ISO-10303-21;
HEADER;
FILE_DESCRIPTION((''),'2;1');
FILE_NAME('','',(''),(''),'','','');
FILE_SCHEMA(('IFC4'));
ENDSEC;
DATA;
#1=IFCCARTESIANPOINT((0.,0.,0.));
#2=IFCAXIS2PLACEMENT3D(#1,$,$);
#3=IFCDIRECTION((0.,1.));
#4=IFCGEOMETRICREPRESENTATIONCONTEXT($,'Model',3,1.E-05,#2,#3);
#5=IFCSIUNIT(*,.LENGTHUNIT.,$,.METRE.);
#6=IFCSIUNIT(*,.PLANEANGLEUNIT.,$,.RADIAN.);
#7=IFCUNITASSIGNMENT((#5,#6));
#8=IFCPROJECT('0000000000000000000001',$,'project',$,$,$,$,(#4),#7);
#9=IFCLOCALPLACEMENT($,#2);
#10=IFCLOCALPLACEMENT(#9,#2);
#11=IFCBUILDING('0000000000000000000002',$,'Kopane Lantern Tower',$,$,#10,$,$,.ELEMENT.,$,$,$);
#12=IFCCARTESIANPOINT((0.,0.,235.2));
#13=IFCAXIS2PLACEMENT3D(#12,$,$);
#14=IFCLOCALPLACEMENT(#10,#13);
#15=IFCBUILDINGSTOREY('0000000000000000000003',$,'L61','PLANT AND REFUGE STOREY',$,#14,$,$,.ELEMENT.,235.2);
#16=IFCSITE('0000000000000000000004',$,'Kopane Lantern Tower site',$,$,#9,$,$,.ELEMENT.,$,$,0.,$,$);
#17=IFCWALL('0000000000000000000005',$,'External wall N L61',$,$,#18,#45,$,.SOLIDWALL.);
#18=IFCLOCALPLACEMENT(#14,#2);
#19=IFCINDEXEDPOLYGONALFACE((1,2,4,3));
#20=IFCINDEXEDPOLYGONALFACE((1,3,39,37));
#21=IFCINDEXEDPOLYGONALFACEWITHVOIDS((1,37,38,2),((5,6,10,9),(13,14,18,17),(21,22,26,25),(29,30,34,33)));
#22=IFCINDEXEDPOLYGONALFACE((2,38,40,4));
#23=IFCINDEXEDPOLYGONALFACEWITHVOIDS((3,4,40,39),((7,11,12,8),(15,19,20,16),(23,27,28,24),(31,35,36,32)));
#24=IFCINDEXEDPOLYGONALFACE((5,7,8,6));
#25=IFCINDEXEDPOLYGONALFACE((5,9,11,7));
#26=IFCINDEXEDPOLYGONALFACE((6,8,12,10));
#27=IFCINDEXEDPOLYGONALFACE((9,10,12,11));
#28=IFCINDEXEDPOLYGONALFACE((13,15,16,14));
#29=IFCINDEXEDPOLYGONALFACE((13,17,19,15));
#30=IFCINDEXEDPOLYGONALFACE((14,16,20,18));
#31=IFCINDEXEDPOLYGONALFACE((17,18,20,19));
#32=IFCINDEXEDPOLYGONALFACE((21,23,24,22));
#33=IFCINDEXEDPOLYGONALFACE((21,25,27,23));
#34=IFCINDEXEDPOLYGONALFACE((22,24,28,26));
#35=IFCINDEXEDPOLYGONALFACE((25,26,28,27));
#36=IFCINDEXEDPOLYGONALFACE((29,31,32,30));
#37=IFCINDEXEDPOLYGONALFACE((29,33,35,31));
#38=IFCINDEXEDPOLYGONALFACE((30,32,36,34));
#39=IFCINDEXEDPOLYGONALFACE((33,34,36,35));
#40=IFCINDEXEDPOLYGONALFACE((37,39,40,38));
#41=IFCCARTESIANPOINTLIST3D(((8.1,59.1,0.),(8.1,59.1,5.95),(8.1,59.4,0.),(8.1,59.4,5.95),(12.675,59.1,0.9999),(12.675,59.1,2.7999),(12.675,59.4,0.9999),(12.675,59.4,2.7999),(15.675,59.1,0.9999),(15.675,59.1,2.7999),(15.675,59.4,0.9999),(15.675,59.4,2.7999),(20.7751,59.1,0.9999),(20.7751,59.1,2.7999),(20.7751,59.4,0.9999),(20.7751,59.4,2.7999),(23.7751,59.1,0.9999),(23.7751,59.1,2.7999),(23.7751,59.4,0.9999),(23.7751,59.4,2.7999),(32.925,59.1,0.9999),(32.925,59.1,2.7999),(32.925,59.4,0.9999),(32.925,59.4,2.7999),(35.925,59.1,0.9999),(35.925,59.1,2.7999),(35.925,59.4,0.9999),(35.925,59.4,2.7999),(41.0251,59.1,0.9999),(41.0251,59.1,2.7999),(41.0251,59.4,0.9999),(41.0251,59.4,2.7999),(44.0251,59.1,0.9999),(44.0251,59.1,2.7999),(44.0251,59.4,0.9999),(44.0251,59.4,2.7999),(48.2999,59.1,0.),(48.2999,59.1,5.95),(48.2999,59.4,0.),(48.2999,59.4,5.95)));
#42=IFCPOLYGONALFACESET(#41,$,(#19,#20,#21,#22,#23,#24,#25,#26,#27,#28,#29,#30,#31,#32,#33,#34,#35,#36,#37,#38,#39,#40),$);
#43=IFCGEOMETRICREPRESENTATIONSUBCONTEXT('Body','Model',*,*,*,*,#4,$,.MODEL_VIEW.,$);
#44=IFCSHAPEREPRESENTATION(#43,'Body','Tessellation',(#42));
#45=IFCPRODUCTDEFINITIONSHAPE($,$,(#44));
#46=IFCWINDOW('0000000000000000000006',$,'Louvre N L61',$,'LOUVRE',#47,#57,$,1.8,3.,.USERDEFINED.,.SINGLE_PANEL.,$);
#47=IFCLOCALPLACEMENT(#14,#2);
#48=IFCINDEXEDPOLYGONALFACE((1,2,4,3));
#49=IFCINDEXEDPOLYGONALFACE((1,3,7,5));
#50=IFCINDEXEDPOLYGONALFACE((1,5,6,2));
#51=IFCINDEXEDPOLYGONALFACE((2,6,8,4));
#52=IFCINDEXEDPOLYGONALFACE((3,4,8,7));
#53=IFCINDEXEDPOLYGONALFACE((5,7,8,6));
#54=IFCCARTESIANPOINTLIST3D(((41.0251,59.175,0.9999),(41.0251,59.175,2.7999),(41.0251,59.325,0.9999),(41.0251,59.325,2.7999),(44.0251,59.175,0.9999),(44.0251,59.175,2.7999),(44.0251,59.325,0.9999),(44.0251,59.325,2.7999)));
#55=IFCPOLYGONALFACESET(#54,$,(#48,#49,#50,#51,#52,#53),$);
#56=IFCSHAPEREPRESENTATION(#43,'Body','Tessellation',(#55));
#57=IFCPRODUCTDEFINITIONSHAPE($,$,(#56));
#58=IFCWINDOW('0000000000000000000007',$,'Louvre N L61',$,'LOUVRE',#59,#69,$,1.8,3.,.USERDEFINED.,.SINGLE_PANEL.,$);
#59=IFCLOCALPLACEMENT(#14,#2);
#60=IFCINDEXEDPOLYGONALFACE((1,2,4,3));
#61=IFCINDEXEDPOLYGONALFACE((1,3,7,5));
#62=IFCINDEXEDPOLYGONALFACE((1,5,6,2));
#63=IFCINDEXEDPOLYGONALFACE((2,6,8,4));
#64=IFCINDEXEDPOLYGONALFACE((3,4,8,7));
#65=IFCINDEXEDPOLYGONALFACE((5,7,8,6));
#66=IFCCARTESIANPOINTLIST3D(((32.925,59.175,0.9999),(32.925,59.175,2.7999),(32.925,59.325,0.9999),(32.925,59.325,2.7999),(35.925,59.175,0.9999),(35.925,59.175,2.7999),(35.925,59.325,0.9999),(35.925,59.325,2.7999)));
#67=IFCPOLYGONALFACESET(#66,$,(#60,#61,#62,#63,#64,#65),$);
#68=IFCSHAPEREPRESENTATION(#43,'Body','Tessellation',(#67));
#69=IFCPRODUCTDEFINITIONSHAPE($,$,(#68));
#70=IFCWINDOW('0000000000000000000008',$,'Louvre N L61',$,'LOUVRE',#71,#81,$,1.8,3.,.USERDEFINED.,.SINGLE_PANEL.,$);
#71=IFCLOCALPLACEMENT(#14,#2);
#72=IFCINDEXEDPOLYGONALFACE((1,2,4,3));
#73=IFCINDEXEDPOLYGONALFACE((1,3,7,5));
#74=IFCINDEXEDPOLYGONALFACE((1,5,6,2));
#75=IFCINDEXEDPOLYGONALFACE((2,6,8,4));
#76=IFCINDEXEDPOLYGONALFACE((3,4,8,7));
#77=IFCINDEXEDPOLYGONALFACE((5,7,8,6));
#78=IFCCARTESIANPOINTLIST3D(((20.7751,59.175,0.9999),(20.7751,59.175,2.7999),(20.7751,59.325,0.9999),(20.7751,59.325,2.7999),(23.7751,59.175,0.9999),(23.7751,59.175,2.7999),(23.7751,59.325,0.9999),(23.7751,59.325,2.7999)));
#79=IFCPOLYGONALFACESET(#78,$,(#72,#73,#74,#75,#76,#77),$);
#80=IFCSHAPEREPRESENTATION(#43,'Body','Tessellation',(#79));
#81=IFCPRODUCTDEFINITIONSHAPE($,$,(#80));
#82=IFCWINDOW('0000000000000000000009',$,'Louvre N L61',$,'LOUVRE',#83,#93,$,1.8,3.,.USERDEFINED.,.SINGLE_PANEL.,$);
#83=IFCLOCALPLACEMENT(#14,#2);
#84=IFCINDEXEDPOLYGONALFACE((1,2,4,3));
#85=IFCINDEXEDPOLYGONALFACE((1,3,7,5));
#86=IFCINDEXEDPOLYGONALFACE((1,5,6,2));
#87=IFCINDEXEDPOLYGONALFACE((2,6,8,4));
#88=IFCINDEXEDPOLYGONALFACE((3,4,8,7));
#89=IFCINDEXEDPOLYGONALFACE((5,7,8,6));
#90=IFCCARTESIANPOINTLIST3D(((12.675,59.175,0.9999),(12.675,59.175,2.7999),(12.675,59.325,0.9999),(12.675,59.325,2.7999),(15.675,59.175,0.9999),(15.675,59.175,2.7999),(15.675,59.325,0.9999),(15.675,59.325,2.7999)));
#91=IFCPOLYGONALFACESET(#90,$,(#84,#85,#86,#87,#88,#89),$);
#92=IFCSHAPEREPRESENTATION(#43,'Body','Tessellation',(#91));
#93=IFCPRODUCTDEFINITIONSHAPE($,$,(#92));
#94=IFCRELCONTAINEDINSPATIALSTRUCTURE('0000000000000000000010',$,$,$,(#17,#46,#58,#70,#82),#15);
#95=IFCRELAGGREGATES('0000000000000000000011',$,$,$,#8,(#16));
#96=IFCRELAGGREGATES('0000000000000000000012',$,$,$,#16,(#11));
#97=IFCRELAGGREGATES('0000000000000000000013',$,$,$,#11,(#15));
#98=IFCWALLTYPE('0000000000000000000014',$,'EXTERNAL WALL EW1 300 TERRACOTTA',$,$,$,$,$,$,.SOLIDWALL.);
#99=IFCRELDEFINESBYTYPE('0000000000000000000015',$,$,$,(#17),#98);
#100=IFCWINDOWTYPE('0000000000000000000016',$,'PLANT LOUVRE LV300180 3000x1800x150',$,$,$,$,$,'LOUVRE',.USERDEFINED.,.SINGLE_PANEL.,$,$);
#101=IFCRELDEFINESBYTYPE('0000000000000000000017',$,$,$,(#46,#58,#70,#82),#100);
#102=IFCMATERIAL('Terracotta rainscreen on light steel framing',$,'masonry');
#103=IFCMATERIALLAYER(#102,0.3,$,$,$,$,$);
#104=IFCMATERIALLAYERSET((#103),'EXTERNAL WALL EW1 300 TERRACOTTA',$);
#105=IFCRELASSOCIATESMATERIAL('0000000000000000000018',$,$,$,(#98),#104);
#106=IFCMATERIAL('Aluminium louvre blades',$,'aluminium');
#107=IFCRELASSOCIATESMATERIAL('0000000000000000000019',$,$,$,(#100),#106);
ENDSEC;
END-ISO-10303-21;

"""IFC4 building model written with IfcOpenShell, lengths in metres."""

from ifc_helpers import new_model, si_unit, direction, frame, frame_2d, origin, place, context, subcontext, project, spatial, rectangle, extrude, material, layer, layer_set, type_object, element, fill, save


model = new_model("IFC4")

# Units and contexts
model_context = context("Model", 3, precision=1e-05, world=origin(), true_north=direction((0.0, 1.0)))
body_context = subcontext(model_context, "Body", "Model", "MODEL_VIEW")
ifc_project = project(units=[si_unit("LENGTHUNIT", "METRE"), si_unit("PLANEANGLEUNIT", "RADIAN")], contexts=[model_context])

# Site, building, storey
site_placement = place(None, origin())
site = spatial("IfcSite", under=ifc_project, at=site_placement, Name="Kopane Lantern Tower site", CompositionType="ELEMENT", RefElevation=0.0)
building_placement = place(site_placement, origin())
building = spatial("IfcBuilding", under=site, at=building_placement, Name="Kopane Lantern Tower", CompositionType="ELEMENT")
storey_placement = place(building_placement, frame((0.0, 0.0, 235.2)))
storey = spatial("IfcBuildingStorey", under=building, at=storey_placement, Name="L61", Description="PLANT AND REFUGE STOREY", CompositionType="ELEMENT", Elevation=235.2)

# Shared definitions
ifc_material_1 = material(Name="Terracotta rainscreen on light steel framing", Category="masonry")
ifc_layer = layer(ifc_material_1, 0.3)
ifc_layer_set = layer_set([ifc_layer], Name="EXTERNAL WALL EW1 300 TERRACOTTA")
wall_type = type_object("IfcWallType", Name="EXTERNAL WALL EW1 300 TERRACOTTA", PredefinedType="SOLIDWALL", material=ifc_layer_set)

# Wall, openings, windows
wall_1_placement = place(storey_placement, frame((48.3, 59.25, 0.0), z_axis=(0.0, 0.0, 1.0), x_axis=(-1.0, 0.0, 0.0)))
wall_1 = element("IfcWall", 1, at=wall_1_placement, inside=storey, type_object=wall_type, Name="External wall N L61", PredefinedType="SOLIDWALL", context=body_context, shape_type="SweptSolid", body=[
    extrude(rectangle(XDim=40.2, YDim=0.3, at=frame_2d((20.1001, 0.0))), origin(), (0.0, 0.0, 1.0), 5.95),
])
opening_1_placement = place(wall_1_placement, frame((4.2749, 0.0, 1.0)))
opening_1 = element("IfcOpeningElement", 2, at=opening_1_placement, cuts=wall_1, PredefinedType="OPENING", context=body_context, shape_type="SweptSolid", body=[
    extrude(rectangle(XDim=3.0, YDim=1.8, at=frame_2d((1.5, 0.8999))), frame((0.0, 0.1599, 0.0), z_axis=(0.0, -1.0, 0.0), x_axis=(1.0, 0.0, 0.0)), (0.0, 0.0, 1.0), 0.3201),
])
opening_2_placement = place(wall_1_placement, frame((12.375, 0.0, 1.0)))
opening_2 = element("IfcOpeningElement", 3, at=opening_2_placement, cuts=wall_1, PredefinedType="OPENING", context=body_context, shape_type="SweptSolid", body=[
    extrude(rectangle(XDim=3.0, YDim=1.8, at=frame_2d((1.5, 0.8999))), frame((0.0, 0.1599, 0.0), z_axis=(0.0, -1.0, 0.0), x_axis=(1.0, 0.0, 0.0)), (0.0, 0.0, 1.0), 0.3201),
])
opening_3_placement = place(wall_1_placement, frame((24.5249, 0.0, 1.0)))
opening_3 = element("IfcOpeningElement", 4, at=opening_3_placement, cuts=wall_1, PredefinedType="OPENING", context=body_context, shape_type="SweptSolid", body=[
    extrude(rectangle(XDim=3.0, YDim=1.8, at=frame_2d((1.5, 0.8999))), frame((0.0, 0.1599, 0.0), z_axis=(0.0, -1.0, 0.0), x_axis=(1.0, 0.0, 0.0)), (0.0, 0.0, 1.0), 0.3201),
])
opening_4_placement = place(wall_1_placement, frame((32.625, 0.0, 1.0)))
opening_4 = element("IfcOpeningElement", 5, at=opening_4_placement, cuts=wall_1, PredefinedType="OPENING", context=body_context, shape_type="SweptSolid", body=[
    extrude(rectangle(XDim=3.0, YDim=1.8, at=frame_2d((1.5, 0.8999))), frame((0.0, 0.1599, 0.0), z_axis=(0.0, -1.0, 0.0), x_axis=(1.0, 0.0, 0.0)), (0.0, 0.0, 1.0), 0.3201),
])
ifc_material_2 = material(Name="Aluminium louvre blades", Category="aluminium")
window_type = type_object("IfcWindowType", Name="PLANT LOUVRE LV300180 3000x1800x150", ElementType="LOUVRE", PartitioningType="SINGLE_PANEL", PredefinedType="USERDEFINED", material=ifc_material_2)
window_1_placement = place(opening_1_placement, origin())
window_1 = element("IfcWindow", 6, at=window_1_placement, inside=storey, type_object=window_type, Name="Louvre N L61", ObjectType="LOUVRE", OverallHeight=1.8, OverallWidth=3.0, PartitioningType="SINGLE_PANEL", PredefinedType="USERDEFINED", context=body_context, shape_type="SweptSolid", body=[
    extrude(rectangle(XDim=3.0, YDim=1.8, at=frame_2d((1.5, 0.8999))), frame((0.0, 0.075, 0.0), z_axis=(0.0, -1.0, 0.0), x_axis=(1.0, 0.0, 0.0)), (0.0, 0.0, 1.0), 0.1499),
])
fill(opening_1, window_1)
window_2_placement = place(opening_2_placement, origin())
window_2 = element("IfcWindow", 7, at=window_2_placement, inside=storey, type_object=window_type, Name="Louvre N L61", ObjectType="LOUVRE", OverallHeight=1.8, OverallWidth=3.0, PartitioningType="SINGLE_PANEL", PredefinedType="USERDEFINED", context=body_context, shape_type="SweptSolid", body=[
    extrude(rectangle(XDim=3.0, YDim=1.8, at=frame_2d((1.5, 0.8999))), frame((0.0, 0.075, 0.0), z_axis=(0.0, -1.0, 0.0), x_axis=(1.0, 0.0, 0.0)), (0.0, 0.0, 1.0), 0.1499),
])
fill(opening_2, window_2)
window_3_placement = place(opening_3_placement, origin())
window_3 = element("IfcWindow", 8, at=window_3_placement, inside=storey, type_object=window_type, Name="Louvre N L61", ObjectType="LOUVRE", OverallHeight=1.8, OverallWidth=3.0, PartitioningType="SINGLE_PANEL", PredefinedType="USERDEFINED", context=body_context, shape_type="SweptSolid", body=[
    extrude(rectangle(XDim=3.0, YDim=1.8, at=frame_2d((1.5, 0.8999))), frame((0.0, 0.075, 0.0), z_axis=(0.0, -1.0, 0.0), x_axis=(1.0, 0.0, 0.0)), (0.0, 0.0, 1.0), 0.1499),
])
fill(opening_3, window_3)
window_4_placement = place(opening_4_placement, origin())
window_4 = element("IfcWindow", 9, at=window_4_placement, inside=storey, type_object=window_type, Name="Louvre N L61", ObjectType="LOUVRE", OverallHeight=1.8, OverallWidth=3.0, PartitioningType="SINGLE_PANEL", PredefinedType="USERDEFINED", context=body_context, shape_type="SweptSolid", body=[
    extrude(rectangle(XDim=3.0, YDim=1.8, at=frame_2d((1.5, 0.8999))), frame((0.0, 0.075, 0.0), z_axis=(0.0, -1.0, 0.0), x_axis=(1.0, 0.0, 0.0)), (0.0, 0.0, 1.0), 0.1499),
])
fill(opening_4, window_4)

save(model, "model.ifc")
